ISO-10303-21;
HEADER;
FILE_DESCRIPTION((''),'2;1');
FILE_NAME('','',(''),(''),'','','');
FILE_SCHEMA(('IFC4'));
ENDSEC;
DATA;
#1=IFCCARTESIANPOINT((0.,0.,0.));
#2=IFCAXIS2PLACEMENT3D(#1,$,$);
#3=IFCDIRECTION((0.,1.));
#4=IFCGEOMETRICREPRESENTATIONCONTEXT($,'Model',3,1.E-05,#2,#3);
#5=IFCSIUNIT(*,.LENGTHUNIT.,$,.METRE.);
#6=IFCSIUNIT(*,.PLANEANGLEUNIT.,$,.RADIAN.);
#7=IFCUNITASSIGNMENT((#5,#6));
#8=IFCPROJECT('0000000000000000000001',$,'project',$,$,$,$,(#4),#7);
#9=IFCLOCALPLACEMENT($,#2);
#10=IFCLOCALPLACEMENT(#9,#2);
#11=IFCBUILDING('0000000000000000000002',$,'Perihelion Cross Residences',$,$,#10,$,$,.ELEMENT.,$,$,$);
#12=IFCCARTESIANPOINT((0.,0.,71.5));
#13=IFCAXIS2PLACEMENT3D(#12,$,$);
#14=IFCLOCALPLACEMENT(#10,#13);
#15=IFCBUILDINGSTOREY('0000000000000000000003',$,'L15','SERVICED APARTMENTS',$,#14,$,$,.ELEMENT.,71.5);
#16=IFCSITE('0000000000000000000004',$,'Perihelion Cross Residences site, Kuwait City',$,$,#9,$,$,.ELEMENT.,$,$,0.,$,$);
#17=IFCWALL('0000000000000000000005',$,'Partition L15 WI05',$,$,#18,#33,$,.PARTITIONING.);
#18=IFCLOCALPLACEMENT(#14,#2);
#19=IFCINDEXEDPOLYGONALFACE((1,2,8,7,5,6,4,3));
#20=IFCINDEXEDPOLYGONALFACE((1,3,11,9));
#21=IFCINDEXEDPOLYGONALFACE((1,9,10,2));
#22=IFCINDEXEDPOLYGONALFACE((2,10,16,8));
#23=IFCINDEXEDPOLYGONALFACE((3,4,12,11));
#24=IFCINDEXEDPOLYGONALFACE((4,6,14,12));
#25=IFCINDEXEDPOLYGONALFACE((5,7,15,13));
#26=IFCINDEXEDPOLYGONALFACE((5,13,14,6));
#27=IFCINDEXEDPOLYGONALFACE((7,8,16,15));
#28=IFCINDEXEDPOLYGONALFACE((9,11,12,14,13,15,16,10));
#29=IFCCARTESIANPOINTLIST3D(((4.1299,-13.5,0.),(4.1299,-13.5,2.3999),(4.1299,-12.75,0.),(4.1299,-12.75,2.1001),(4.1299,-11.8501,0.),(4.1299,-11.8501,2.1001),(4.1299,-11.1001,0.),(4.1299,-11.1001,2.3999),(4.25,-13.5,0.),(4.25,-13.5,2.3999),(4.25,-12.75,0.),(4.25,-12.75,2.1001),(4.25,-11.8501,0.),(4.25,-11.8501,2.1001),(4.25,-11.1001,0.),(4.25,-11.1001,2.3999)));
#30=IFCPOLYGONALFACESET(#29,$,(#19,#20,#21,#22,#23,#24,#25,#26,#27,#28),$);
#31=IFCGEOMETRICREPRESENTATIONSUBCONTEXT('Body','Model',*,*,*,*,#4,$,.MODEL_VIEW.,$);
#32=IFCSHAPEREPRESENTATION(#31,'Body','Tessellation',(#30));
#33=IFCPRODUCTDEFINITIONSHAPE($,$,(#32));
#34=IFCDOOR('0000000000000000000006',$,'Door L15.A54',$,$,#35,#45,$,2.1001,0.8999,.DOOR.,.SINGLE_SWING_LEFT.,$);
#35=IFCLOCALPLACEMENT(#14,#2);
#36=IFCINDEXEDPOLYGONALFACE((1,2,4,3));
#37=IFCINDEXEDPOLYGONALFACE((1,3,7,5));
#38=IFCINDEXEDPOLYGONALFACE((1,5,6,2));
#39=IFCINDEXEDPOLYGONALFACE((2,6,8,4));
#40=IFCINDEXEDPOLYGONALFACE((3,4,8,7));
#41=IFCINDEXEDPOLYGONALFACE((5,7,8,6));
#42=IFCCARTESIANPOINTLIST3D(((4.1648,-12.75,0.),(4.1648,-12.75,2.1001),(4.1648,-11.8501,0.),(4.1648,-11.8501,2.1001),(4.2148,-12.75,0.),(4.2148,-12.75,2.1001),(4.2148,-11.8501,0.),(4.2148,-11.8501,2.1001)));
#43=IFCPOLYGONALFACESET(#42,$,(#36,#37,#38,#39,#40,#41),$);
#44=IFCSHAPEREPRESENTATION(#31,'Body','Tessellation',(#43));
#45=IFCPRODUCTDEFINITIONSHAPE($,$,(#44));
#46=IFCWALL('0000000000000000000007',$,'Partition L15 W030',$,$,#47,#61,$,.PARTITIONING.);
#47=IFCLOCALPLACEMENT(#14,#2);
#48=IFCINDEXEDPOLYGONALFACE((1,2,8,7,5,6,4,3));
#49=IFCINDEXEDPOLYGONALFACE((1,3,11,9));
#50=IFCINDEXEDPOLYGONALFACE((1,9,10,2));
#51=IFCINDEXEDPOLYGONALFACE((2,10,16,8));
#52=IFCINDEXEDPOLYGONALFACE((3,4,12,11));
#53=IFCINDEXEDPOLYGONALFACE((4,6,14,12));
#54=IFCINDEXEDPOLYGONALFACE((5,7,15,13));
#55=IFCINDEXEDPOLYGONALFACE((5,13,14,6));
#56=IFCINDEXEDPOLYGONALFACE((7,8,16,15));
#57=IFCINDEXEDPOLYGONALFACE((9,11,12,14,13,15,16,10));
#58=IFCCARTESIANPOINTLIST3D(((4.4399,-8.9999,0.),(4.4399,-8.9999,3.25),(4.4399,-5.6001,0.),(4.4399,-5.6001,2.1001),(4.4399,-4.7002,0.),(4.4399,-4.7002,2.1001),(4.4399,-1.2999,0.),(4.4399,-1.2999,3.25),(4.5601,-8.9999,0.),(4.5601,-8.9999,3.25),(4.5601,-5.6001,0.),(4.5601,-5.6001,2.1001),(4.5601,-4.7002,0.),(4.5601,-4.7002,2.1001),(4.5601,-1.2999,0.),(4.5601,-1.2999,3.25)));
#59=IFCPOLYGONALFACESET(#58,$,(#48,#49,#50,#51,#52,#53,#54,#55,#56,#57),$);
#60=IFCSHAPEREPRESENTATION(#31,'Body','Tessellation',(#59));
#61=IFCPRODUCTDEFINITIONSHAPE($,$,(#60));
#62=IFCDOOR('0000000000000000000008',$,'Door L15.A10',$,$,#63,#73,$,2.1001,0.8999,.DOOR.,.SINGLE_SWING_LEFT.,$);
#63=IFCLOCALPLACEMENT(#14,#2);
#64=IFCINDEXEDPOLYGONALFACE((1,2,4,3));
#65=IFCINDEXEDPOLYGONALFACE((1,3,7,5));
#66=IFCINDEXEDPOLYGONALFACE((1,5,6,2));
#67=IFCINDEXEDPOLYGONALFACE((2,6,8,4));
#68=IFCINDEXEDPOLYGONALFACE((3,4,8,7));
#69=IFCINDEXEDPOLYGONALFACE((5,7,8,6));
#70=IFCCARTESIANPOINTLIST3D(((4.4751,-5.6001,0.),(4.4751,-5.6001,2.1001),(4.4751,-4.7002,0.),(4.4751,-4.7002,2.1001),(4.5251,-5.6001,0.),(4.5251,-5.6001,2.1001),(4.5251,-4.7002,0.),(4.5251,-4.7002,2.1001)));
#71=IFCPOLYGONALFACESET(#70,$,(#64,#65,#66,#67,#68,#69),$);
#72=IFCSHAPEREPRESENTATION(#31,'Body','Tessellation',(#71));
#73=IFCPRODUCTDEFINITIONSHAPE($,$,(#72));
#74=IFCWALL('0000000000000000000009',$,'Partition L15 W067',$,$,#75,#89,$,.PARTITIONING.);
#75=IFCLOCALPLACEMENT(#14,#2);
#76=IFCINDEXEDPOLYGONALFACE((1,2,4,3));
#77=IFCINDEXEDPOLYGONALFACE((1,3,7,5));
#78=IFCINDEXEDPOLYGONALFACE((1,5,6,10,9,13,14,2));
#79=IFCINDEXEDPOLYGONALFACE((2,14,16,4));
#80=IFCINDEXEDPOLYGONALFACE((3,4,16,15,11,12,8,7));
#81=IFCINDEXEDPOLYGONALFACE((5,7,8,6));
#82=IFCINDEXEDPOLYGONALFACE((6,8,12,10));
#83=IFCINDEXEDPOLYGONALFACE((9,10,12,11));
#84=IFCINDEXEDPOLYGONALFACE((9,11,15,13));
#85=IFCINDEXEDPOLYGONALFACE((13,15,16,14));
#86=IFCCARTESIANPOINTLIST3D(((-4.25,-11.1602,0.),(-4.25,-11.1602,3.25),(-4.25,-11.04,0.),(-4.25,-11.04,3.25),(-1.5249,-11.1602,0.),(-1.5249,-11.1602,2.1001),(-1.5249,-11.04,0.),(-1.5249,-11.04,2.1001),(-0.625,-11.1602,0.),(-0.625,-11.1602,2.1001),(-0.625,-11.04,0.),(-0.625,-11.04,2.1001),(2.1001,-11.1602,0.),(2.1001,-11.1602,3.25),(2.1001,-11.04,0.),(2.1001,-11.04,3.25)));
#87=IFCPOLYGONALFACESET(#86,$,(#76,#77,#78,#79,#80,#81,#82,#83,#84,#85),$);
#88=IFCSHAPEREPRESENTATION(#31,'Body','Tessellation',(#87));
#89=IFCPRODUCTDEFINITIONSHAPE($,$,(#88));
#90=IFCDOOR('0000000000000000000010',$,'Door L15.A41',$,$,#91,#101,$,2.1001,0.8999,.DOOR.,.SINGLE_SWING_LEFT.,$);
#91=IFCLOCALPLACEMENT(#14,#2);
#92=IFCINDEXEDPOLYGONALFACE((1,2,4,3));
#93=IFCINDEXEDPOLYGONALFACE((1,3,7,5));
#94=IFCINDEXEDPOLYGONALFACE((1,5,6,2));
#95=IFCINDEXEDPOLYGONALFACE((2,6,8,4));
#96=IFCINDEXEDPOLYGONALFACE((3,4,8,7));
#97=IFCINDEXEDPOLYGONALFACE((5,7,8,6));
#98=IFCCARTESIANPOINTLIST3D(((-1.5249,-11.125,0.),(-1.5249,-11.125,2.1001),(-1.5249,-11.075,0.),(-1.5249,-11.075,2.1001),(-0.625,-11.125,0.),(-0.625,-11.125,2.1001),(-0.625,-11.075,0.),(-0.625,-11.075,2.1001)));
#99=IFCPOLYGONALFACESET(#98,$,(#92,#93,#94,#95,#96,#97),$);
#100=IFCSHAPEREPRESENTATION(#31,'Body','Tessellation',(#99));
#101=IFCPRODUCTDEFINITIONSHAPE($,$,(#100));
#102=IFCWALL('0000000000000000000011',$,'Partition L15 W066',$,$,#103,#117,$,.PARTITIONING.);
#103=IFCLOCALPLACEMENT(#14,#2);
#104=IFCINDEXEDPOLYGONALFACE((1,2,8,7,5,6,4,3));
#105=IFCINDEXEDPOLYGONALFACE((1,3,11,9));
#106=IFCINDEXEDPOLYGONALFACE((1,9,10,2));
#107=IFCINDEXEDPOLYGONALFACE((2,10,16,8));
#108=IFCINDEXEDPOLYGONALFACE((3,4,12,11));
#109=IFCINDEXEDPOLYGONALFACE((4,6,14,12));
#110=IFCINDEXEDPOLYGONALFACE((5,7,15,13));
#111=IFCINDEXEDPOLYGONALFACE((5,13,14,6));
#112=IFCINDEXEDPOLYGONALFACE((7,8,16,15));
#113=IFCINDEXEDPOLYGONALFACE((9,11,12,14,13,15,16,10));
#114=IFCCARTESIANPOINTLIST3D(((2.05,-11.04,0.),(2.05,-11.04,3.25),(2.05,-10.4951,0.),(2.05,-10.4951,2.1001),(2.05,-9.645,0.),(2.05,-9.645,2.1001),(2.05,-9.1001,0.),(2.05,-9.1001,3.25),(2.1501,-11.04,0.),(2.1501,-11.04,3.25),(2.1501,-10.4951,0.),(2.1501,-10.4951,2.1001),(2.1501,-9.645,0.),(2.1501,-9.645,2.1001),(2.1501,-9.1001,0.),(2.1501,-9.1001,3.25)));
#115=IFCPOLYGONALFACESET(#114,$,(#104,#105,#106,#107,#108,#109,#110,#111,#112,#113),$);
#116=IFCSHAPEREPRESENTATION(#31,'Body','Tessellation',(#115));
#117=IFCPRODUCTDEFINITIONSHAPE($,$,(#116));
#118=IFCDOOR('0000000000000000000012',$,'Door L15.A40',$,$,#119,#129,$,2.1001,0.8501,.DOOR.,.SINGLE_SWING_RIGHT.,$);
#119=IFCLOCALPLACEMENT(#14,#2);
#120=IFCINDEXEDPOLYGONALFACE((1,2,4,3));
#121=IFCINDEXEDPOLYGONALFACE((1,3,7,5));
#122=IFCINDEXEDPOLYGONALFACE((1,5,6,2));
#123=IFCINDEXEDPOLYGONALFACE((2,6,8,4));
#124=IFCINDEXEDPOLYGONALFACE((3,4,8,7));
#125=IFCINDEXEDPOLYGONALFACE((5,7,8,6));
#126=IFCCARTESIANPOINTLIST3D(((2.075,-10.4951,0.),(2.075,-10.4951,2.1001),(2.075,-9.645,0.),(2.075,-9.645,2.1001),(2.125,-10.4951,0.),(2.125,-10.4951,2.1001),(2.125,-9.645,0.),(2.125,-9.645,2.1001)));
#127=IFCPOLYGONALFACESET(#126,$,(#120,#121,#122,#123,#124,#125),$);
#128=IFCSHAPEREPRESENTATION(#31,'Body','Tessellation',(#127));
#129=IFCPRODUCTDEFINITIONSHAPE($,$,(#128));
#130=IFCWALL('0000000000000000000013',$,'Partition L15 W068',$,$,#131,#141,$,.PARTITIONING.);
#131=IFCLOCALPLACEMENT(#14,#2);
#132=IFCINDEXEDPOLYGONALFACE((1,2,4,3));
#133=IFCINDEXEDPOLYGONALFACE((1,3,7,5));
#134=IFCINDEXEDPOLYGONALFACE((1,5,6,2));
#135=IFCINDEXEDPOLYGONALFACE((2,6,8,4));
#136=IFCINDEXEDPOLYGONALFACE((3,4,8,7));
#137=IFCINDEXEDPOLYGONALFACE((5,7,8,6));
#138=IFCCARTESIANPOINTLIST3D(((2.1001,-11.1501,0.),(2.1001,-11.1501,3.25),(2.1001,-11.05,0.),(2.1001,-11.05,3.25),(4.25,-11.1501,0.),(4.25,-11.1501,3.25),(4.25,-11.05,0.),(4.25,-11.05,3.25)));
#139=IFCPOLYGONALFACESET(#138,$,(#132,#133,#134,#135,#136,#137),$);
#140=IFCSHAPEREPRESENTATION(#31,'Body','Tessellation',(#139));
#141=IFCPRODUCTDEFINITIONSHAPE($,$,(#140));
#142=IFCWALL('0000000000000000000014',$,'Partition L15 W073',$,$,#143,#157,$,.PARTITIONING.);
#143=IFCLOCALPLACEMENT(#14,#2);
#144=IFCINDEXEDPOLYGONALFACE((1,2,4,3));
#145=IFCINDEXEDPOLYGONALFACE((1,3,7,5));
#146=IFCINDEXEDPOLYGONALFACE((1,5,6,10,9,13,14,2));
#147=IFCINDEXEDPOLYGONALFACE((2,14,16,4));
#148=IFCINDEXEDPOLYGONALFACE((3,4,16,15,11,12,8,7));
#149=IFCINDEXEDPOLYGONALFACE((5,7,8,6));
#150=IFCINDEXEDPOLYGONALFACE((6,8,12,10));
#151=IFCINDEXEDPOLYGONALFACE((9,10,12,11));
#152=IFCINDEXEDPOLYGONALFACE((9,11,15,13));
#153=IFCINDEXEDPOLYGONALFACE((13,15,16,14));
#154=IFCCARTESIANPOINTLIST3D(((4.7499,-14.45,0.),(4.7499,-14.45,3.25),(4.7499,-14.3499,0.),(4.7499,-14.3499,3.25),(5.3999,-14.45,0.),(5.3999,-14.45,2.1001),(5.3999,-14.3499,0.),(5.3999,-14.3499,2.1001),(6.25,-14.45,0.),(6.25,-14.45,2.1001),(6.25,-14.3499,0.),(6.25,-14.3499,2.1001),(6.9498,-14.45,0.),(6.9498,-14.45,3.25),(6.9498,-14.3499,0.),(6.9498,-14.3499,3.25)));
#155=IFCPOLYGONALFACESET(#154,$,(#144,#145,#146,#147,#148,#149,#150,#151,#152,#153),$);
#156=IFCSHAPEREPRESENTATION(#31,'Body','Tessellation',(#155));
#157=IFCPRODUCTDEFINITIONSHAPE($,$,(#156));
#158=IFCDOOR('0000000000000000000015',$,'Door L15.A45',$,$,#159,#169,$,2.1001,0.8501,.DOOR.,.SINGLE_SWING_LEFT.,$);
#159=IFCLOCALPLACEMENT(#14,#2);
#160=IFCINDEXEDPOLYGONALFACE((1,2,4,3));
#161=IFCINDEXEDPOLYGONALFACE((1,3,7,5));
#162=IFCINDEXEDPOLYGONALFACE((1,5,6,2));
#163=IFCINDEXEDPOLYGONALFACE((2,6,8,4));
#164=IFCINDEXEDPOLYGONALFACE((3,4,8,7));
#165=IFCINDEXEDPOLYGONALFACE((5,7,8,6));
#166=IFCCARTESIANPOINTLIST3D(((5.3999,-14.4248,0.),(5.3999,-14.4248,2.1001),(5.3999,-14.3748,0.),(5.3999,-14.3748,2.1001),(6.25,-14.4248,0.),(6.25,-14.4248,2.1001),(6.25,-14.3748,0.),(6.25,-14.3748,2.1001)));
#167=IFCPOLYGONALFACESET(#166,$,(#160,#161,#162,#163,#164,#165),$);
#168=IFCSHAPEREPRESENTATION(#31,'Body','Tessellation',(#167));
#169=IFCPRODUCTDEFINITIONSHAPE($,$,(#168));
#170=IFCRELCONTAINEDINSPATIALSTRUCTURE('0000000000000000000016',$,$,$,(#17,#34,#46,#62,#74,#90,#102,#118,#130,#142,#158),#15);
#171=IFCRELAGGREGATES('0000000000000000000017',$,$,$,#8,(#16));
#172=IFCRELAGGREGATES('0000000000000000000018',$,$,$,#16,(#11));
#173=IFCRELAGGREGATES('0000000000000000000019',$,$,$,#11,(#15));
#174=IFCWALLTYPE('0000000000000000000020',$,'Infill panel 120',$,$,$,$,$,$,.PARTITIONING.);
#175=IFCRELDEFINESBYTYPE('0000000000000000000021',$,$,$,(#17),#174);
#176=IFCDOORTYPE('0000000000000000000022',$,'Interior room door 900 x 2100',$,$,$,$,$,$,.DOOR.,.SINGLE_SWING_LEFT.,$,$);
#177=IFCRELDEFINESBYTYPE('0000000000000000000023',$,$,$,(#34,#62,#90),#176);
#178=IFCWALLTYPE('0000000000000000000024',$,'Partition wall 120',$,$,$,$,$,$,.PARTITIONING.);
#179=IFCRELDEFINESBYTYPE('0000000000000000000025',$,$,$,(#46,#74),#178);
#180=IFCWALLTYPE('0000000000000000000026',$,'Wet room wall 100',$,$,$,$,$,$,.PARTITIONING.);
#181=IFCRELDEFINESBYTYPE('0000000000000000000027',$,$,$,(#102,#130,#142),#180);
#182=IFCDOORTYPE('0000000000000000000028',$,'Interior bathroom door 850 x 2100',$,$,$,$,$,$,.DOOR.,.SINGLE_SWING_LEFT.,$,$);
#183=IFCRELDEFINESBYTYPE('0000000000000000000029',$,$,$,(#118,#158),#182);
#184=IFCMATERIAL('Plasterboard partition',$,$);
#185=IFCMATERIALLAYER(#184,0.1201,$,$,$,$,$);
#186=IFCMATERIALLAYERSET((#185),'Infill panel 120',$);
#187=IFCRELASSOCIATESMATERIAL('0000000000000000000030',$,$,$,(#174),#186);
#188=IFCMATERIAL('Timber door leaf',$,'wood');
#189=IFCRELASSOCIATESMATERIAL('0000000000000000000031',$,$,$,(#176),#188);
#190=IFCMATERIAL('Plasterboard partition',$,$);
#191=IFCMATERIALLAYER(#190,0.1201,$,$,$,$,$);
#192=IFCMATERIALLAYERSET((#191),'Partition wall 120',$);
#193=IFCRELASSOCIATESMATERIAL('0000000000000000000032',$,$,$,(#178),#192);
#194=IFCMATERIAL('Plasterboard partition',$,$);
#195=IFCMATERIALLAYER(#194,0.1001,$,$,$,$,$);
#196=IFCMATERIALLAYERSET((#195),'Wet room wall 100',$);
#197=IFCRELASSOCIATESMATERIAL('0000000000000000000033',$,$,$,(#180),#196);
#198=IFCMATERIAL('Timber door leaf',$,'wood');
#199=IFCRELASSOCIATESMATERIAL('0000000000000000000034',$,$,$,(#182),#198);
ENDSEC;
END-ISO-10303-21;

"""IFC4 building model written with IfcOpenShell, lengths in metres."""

from ifc_helpers import new_model, si_unit, direction, frame, frame_2d, origin, place, context, subcontext, project, spatial, rectangle, extrude, material, layer, layer_set, type_object, element, fill, save


model = new_model("IFC4")

# Units and contexts
model_context = context("Model", 3, precision=1e-05, world=origin(), true_north=direction((0.0, 1.0)))
body_context = subcontext(model_context, "Body", "Model", "MODEL_VIEW")
ifc_project = project(units=[si_unit("LENGTHUNIT", "METRE"), si_unit("PLANEANGLEUNIT", "RADIAN")], contexts=[model_context])

# Site, building, storey
site_placement = place(None, origin())
site = spatial("IfcSite", under=ifc_project, at=site_placement, Name="Perihelion Cross Residences site, Kuwait City", CompositionType="ELEMENT", RefElevation=0.0)
building_placement = place(site_placement, origin())
building = spatial("IfcBuilding", under=site, at=building_placement, Name="Perihelion Cross Residences", CompositionType="ELEMENT")
storey_placement = place(building_placement, frame((0.0, 0.0, 71.5)))
storey = spatial("IfcBuildingStorey", under=building, at=storey_placement, Name="L15", Description="SERVICED APARTMENTS", CompositionType="ELEMENT", Elevation=71.5)

# Walls, openings, doors
ifc_material_1 = material(Name="Plasterboard partition")
ifc_layer_1 = layer(ifc_material_1, 0.1201)
ifc_layer_set_1 = layer_set([ifc_layer_1], Name="Infill panel 120")
wall_type_1 = type_object("IfcWallType", Name="Infill panel 120", PredefinedType="PARTITIONING", material=ifc_layer_set_1)
wall_1_placement = place(storey_placement, frame((4.1899, -11.1001, 0.0), z_axis=(0.0, 0.0, 1.0), x_axis=(0.0, -1.0, 0.0)))
wall_1 = element("IfcWall", 1, at=wall_1_placement, inside=storey, type_object=wall_type_1, Name="Partition L15 WI05", PredefinedType="PARTITIONING", context=body_context, shape_type="SweptSolid", body=[
    extrude(rectangle(XDim=2.3999, YDim=0.1201, at=frame_2d((1.2, 0.0))), origin(), (0.0, 0.0, 1.0), 2.3999),
])
opening_1_placement = place(wall_1_placement, frame((0.75, 0.0, 0.0)))
opening_1 = element("IfcOpeningElement", 2, at=opening_1_placement, cuts=wall_1, PredefinedType="OPENING", context=body_context, shape_type="SweptSolid", body=[
    extrude(rectangle(XDim=0.8999, YDim=2.1001, at=frame_2d((0.45, 1.05))), frame((0.0, 0.0701, 0.0), z_axis=(0.0, -1.0, 0.0), x_axis=(1.0, 0.0, 0.0)), (0.0, 0.0, 1.0), 0.1401),
])
ifc_material_2 = material(Name="Timber door leaf", Category="wood")
door_type_1 = type_object("IfcDoorType", Name="Interior room door 900 x 2100", OperationType="SINGLE_SWING_LEFT", PredefinedType="DOOR", material=ifc_material_2)
door_1_placement = place(opening_1_placement, origin())
door_1 = element("IfcDoor", 3, at=door_1_placement, inside=storey, type_object=door_type_1, Name="Door L15.A54", OperationType="SINGLE_SWING_LEFT", OverallHeight=2.1001, OverallWidth=0.8999, PredefinedType="DOOR", context=body_context, shape_type="SweptSolid", body=[
    extrude(rectangle(XDim=0.8999, YDim=2.1001, at=frame_2d((0.45, 1.05))), frame((0.0, 0.0249, 0.0), z_axis=(0.0, -1.0, 0.0), x_axis=(1.0, 0.0, 0.0)), (0.0, 0.0, 1.0), 0.05),
])
fill(opening_1, door_1)
ifc_material_3 = material(Name="Plasterboard partition")
ifc_layer_2 = layer(ifc_material_3, 0.1201)
ifc_layer_set_2 = layer_set([ifc_layer_2], Name="Partition wall 120")
wall_type_2 = type_object("IfcWallType", Name="Partition wall 120", PredefinedType="PARTITIONING", material=ifc_layer_set_2)
wall_2_placement = place(storey_placement, frame((4.5, -9.0, 0.0), z_axis=(0.0, 0.0, 1.0), x_axis=(0.0, 1.0, 0.0)))
wall_2 = element("IfcWall", 4, at=wall_2_placement, inside=storey, type_object=wall_type_2, Name="Partition L15 W030", PredefinedType="PARTITIONING", context=body_context, shape_type="SweptSolid", body=[
    extrude(rectangle(XDim=7.7, YDim=0.1201, at=frame_2d((3.8501, 0.0))), origin(), (0.0, 0.0, 1.0), 3.25),
])
opening_2_placement = place(wall_2_placement, frame((3.3999, 0.0, 0.0)))
opening_2 = element("IfcOpeningElement", 5, at=opening_2_placement, cuts=wall_2, PredefinedType="OPENING", context=body_context, shape_type="SweptSolid", body=[
    extrude(rectangle(XDim=0.8999, YDim=2.1001, at=frame_2d((0.45, 1.05))), frame((0.0, 0.0701, 0.0), z_axis=(0.0, -1.0, 0.0), x_axis=(1.0, 0.0, 0.0)), (0.0, 0.0, 1.0), 0.1401),
])
door_2_placement = place(opening_2_placement, origin())
door_2 = element("IfcDoor", 6, at=door_2_placement, inside=storey, type_object=door_type_1, Name="Door L15.A10", OperationType="SINGLE_SWING_LEFT", OverallHeight=2.1001, OverallWidth=0.8999, PredefinedType="DOOR", context=body_context, shape_type="SweptSolid", body=[
    extrude(rectangle(XDim=0.8999, YDim=2.1001, at=frame_2d((0.45, 1.05))), frame((0.0, 0.0249, 0.0), z_axis=(0.0, -1.0, 0.0), x_axis=(1.0, 0.0, 0.0)), (0.0, 0.0, 1.0), 0.05),
])
fill(opening_2, door_2)
wall_3_placement = place(storey_placement, frame((2.1001, -11.1001, 0.0), z_axis=(0.0, 0.0, 1.0), x_axis=(-1.0, 0.0, 0.0)))
wall_3 = element("IfcWall", 7, at=wall_3_placement, inside=storey, type_object=wall_type_2, Name="Partition L15 W067", PredefinedType="PARTITIONING", context=body_context, shape_type="SweptSolid", body=[
    extrude(rectangle(XDim=6.3501, YDim=0.1201, at=frame_2d((3.175, 0.0))), origin(), (0.0, 0.0, 1.0), 3.25),
])
opening_3_placement = place(wall_3_placement, frame((2.7251, 0.0, 0.0)))
opening_3 = element("IfcOpeningElement", 8, at=opening_3_placement, cuts=wall_3, PredefinedType="OPENING", context=body_context, shape_type="SweptSolid", body=[
    extrude(rectangle(XDim=0.8999, YDim=2.1001, at=frame_2d((0.45, 1.05))), frame((0.0, 0.0701, 0.0), z_axis=(0.0, -1.0, 0.0), x_axis=(1.0, 0.0, 0.0)), (0.0, 0.0, 1.0), 0.1401),
])
door_3_placement = place(opening_3_placement, origin())
door_3 = element("IfcDoor", 9, at=door_3_placement, inside=storey, type_object=door_type_1, Name="Door L15.A41", OperationType="SINGLE_SWING_LEFT", OverallHeight=2.1001, OverallWidth=0.8999, PredefinedType="DOOR", context=body_context, shape_type="SweptSolid", body=[
    extrude(rectangle(XDim=0.8999, YDim=2.1001, at=frame_2d((0.45, 1.05))), frame((0.0, 0.0249, 0.0), z_axis=(0.0, -1.0, 0.0), x_axis=(1.0, 0.0, 0.0)), (0.0, 0.0, 1.0), 0.05),
])
fill(opening_3, door_3)
ifc_material_4 = material(Name="Plasterboard partition")
ifc_layer_3 = layer(ifc_material_4, 0.1001)
ifc_layer_set_3 = layer_set([ifc_layer_3], Name="Wet room wall 100")
wall_type_3 = type_object("IfcWallType", Name="Wet room wall 100", PredefinedType="PARTITIONING", material=ifc_layer_set_3)
wall_4_placement = place(storey_placement, frame((2.1001, -9.1001, 0.0), z_axis=(0.0, 0.0, 1.0), x_axis=(0.0, -1.0, 0.0)))
wall_4 = element("IfcWall", 10, at=wall_4_placement, inside=storey, type_object=wall_type_3, Name="Partition L15 W066", PredefinedType="PARTITIONING", context=body_context, shape_type="SweptSolid", body=[
    extrude(rectangle(XDim=1.9399, YDim=0.1001, at=frame_2d((0.97, 0.0))), origin(), (0.0, 0.0, 1.0), 3.25),
])
opening_4_placement = place(wall_4_placement, frame((0.5449, 0.0, 0.0)))
opening_4 = element("IfcOpeningElement", 11, at=opening_4_placement, cuts=wall_4, PredefinedType="OPENING", context=body_context, shape_type="SweptSolid", body=[
    extrude(rectangle(XDim=0.8501, YDim=2.1001, at=frame_2d((0.425, 1.05))), frame((0.0, 0.0601, 0.0), z_axis=(0.0, -1.0, 0.0), x_axis=(1.0, 0.0, 0.0)), (0.0, 0.0, 1.0), 0.1201),
])
ifc_material_5 = material(Name="Timber door leaf", Category="wood")
door_type_2 = type_object("IfcDoorType", Name="Interior bathroom door 850 x 2100", OperationType="SINGLE_SWING_LEFT", PredefinedType="DOOR", material=ifc_material_5)
door_4_placement = place(opening_4_placement, origin())
door_4 = element("IfcDoor", 12, at=door_4_placement, inside=storey, type_object=door_type_2, Name="Door L15.A40", OperationType="SINGLE_SWING_RIGHT", OverallHeight=2.1001, OverallWidth=0.8501, PredefinedType="DOOR", context=body_context, shape_type="SweptSolid", body=[
    extrude(rectangle(XDim=0.8501, YDim=2.1001, at=frame_2d((0.425, 1.05))), frame((0.0, 0.0249, 0.0), z_axis=(0.0, -1.0, 0.0), x_axis=(1.0, 0.0, 0.0)), (0.0, 0.0, 1.0), 0.05),
])
fill(opening_4, door_4)

# Wall
wall_5_placement = place(storey_placement, frame((4.25, -11.1001, 0.0), z_axis=(0.0, 0.0, 1.0), x_axis=(-1.0, 0.0, 0.0)))
element("IfcWall", 13, at=wall_5_placement, inside=storey, type_object=wall_type_3, Name="Partition L15 W068", PredefinedType="PARTITIONING", context=body_context, shape_type="SweptSolid", body=[
    extrude(rectangle(XDim=2.1499, YDim=0.1001, at=frame_2d((1.075, 0.0))), origin(), (0.0, 0.0, 1.0), 3.25),
])

# Wall, opening, door
wall_6_placement = place(storey_placement, frame((6.95, -14.3999, 0.0), z_axis=(0.0, 0.0, 1.0), x_axis=(-1.0, 0.0, 0.0)))
wall_6 = element("IfcWall", 14, at=wall_6_placement, inside=storey, type_object=wall_type_3, Name="Partition L15 W073", PredefinedType="PARTITIONING", context=body_context, shape_type="SweptSolid", body=[
    extrude(rectangle(XDim=2.2, YDim=0.1001, at=frame_2d((1.1001, 0.0))), origin(), (0.0, 0.0, 1.0), 3.25),
])
opening_5_placement = place(wall_6_placement, frame((0.7, 0.0, 0.0)))
opening_5 = element("IfcOpeningElement", 15, at=opening_5_placement, cuts=wall_6, PredefinedType="OPENING", context=body_context, shape_type="SweptSolid", body=[
    extrude(rectangle(XDim=0.8501, YDim=2.1001, at=frame_2d((0.425, 1.05))), frame((0.0, 0.0601, 0.0), z_axis=(0.0, -1.0, 0.0), x_axis=(1.0, 0.0, 0.0)), (0.0, 0.0, 1.0), 0.1201),
])
door_5_placement = place(opening_5_placement, origin())
door_5 = element("IfcDoor", 16, at=door_5_placement, inside=storey, type_object=door_type_2, Name="Door L15.A45", OperationType="SINGLE_SWING_LEFT", OverallHeight=2.1001, OverallWidth=0.8501, PredefinedType="DOOR", context=body_context, shape_type="SweptSolid", body=[
    extrude(rectangle(XDim=0.8501, YDim=2.1001, at=frame_2d((0.425, 1.05))), frame((0.0, 0.0249, 0.0), z_axis=(0.0, -1.0, 0.0), x_axis=(1.0, 0.0, 0.0)), (0.0, 0.0, 1.0), 0.05),
])
fill(opening_5, door_5)

save(model, "model.ifc")
